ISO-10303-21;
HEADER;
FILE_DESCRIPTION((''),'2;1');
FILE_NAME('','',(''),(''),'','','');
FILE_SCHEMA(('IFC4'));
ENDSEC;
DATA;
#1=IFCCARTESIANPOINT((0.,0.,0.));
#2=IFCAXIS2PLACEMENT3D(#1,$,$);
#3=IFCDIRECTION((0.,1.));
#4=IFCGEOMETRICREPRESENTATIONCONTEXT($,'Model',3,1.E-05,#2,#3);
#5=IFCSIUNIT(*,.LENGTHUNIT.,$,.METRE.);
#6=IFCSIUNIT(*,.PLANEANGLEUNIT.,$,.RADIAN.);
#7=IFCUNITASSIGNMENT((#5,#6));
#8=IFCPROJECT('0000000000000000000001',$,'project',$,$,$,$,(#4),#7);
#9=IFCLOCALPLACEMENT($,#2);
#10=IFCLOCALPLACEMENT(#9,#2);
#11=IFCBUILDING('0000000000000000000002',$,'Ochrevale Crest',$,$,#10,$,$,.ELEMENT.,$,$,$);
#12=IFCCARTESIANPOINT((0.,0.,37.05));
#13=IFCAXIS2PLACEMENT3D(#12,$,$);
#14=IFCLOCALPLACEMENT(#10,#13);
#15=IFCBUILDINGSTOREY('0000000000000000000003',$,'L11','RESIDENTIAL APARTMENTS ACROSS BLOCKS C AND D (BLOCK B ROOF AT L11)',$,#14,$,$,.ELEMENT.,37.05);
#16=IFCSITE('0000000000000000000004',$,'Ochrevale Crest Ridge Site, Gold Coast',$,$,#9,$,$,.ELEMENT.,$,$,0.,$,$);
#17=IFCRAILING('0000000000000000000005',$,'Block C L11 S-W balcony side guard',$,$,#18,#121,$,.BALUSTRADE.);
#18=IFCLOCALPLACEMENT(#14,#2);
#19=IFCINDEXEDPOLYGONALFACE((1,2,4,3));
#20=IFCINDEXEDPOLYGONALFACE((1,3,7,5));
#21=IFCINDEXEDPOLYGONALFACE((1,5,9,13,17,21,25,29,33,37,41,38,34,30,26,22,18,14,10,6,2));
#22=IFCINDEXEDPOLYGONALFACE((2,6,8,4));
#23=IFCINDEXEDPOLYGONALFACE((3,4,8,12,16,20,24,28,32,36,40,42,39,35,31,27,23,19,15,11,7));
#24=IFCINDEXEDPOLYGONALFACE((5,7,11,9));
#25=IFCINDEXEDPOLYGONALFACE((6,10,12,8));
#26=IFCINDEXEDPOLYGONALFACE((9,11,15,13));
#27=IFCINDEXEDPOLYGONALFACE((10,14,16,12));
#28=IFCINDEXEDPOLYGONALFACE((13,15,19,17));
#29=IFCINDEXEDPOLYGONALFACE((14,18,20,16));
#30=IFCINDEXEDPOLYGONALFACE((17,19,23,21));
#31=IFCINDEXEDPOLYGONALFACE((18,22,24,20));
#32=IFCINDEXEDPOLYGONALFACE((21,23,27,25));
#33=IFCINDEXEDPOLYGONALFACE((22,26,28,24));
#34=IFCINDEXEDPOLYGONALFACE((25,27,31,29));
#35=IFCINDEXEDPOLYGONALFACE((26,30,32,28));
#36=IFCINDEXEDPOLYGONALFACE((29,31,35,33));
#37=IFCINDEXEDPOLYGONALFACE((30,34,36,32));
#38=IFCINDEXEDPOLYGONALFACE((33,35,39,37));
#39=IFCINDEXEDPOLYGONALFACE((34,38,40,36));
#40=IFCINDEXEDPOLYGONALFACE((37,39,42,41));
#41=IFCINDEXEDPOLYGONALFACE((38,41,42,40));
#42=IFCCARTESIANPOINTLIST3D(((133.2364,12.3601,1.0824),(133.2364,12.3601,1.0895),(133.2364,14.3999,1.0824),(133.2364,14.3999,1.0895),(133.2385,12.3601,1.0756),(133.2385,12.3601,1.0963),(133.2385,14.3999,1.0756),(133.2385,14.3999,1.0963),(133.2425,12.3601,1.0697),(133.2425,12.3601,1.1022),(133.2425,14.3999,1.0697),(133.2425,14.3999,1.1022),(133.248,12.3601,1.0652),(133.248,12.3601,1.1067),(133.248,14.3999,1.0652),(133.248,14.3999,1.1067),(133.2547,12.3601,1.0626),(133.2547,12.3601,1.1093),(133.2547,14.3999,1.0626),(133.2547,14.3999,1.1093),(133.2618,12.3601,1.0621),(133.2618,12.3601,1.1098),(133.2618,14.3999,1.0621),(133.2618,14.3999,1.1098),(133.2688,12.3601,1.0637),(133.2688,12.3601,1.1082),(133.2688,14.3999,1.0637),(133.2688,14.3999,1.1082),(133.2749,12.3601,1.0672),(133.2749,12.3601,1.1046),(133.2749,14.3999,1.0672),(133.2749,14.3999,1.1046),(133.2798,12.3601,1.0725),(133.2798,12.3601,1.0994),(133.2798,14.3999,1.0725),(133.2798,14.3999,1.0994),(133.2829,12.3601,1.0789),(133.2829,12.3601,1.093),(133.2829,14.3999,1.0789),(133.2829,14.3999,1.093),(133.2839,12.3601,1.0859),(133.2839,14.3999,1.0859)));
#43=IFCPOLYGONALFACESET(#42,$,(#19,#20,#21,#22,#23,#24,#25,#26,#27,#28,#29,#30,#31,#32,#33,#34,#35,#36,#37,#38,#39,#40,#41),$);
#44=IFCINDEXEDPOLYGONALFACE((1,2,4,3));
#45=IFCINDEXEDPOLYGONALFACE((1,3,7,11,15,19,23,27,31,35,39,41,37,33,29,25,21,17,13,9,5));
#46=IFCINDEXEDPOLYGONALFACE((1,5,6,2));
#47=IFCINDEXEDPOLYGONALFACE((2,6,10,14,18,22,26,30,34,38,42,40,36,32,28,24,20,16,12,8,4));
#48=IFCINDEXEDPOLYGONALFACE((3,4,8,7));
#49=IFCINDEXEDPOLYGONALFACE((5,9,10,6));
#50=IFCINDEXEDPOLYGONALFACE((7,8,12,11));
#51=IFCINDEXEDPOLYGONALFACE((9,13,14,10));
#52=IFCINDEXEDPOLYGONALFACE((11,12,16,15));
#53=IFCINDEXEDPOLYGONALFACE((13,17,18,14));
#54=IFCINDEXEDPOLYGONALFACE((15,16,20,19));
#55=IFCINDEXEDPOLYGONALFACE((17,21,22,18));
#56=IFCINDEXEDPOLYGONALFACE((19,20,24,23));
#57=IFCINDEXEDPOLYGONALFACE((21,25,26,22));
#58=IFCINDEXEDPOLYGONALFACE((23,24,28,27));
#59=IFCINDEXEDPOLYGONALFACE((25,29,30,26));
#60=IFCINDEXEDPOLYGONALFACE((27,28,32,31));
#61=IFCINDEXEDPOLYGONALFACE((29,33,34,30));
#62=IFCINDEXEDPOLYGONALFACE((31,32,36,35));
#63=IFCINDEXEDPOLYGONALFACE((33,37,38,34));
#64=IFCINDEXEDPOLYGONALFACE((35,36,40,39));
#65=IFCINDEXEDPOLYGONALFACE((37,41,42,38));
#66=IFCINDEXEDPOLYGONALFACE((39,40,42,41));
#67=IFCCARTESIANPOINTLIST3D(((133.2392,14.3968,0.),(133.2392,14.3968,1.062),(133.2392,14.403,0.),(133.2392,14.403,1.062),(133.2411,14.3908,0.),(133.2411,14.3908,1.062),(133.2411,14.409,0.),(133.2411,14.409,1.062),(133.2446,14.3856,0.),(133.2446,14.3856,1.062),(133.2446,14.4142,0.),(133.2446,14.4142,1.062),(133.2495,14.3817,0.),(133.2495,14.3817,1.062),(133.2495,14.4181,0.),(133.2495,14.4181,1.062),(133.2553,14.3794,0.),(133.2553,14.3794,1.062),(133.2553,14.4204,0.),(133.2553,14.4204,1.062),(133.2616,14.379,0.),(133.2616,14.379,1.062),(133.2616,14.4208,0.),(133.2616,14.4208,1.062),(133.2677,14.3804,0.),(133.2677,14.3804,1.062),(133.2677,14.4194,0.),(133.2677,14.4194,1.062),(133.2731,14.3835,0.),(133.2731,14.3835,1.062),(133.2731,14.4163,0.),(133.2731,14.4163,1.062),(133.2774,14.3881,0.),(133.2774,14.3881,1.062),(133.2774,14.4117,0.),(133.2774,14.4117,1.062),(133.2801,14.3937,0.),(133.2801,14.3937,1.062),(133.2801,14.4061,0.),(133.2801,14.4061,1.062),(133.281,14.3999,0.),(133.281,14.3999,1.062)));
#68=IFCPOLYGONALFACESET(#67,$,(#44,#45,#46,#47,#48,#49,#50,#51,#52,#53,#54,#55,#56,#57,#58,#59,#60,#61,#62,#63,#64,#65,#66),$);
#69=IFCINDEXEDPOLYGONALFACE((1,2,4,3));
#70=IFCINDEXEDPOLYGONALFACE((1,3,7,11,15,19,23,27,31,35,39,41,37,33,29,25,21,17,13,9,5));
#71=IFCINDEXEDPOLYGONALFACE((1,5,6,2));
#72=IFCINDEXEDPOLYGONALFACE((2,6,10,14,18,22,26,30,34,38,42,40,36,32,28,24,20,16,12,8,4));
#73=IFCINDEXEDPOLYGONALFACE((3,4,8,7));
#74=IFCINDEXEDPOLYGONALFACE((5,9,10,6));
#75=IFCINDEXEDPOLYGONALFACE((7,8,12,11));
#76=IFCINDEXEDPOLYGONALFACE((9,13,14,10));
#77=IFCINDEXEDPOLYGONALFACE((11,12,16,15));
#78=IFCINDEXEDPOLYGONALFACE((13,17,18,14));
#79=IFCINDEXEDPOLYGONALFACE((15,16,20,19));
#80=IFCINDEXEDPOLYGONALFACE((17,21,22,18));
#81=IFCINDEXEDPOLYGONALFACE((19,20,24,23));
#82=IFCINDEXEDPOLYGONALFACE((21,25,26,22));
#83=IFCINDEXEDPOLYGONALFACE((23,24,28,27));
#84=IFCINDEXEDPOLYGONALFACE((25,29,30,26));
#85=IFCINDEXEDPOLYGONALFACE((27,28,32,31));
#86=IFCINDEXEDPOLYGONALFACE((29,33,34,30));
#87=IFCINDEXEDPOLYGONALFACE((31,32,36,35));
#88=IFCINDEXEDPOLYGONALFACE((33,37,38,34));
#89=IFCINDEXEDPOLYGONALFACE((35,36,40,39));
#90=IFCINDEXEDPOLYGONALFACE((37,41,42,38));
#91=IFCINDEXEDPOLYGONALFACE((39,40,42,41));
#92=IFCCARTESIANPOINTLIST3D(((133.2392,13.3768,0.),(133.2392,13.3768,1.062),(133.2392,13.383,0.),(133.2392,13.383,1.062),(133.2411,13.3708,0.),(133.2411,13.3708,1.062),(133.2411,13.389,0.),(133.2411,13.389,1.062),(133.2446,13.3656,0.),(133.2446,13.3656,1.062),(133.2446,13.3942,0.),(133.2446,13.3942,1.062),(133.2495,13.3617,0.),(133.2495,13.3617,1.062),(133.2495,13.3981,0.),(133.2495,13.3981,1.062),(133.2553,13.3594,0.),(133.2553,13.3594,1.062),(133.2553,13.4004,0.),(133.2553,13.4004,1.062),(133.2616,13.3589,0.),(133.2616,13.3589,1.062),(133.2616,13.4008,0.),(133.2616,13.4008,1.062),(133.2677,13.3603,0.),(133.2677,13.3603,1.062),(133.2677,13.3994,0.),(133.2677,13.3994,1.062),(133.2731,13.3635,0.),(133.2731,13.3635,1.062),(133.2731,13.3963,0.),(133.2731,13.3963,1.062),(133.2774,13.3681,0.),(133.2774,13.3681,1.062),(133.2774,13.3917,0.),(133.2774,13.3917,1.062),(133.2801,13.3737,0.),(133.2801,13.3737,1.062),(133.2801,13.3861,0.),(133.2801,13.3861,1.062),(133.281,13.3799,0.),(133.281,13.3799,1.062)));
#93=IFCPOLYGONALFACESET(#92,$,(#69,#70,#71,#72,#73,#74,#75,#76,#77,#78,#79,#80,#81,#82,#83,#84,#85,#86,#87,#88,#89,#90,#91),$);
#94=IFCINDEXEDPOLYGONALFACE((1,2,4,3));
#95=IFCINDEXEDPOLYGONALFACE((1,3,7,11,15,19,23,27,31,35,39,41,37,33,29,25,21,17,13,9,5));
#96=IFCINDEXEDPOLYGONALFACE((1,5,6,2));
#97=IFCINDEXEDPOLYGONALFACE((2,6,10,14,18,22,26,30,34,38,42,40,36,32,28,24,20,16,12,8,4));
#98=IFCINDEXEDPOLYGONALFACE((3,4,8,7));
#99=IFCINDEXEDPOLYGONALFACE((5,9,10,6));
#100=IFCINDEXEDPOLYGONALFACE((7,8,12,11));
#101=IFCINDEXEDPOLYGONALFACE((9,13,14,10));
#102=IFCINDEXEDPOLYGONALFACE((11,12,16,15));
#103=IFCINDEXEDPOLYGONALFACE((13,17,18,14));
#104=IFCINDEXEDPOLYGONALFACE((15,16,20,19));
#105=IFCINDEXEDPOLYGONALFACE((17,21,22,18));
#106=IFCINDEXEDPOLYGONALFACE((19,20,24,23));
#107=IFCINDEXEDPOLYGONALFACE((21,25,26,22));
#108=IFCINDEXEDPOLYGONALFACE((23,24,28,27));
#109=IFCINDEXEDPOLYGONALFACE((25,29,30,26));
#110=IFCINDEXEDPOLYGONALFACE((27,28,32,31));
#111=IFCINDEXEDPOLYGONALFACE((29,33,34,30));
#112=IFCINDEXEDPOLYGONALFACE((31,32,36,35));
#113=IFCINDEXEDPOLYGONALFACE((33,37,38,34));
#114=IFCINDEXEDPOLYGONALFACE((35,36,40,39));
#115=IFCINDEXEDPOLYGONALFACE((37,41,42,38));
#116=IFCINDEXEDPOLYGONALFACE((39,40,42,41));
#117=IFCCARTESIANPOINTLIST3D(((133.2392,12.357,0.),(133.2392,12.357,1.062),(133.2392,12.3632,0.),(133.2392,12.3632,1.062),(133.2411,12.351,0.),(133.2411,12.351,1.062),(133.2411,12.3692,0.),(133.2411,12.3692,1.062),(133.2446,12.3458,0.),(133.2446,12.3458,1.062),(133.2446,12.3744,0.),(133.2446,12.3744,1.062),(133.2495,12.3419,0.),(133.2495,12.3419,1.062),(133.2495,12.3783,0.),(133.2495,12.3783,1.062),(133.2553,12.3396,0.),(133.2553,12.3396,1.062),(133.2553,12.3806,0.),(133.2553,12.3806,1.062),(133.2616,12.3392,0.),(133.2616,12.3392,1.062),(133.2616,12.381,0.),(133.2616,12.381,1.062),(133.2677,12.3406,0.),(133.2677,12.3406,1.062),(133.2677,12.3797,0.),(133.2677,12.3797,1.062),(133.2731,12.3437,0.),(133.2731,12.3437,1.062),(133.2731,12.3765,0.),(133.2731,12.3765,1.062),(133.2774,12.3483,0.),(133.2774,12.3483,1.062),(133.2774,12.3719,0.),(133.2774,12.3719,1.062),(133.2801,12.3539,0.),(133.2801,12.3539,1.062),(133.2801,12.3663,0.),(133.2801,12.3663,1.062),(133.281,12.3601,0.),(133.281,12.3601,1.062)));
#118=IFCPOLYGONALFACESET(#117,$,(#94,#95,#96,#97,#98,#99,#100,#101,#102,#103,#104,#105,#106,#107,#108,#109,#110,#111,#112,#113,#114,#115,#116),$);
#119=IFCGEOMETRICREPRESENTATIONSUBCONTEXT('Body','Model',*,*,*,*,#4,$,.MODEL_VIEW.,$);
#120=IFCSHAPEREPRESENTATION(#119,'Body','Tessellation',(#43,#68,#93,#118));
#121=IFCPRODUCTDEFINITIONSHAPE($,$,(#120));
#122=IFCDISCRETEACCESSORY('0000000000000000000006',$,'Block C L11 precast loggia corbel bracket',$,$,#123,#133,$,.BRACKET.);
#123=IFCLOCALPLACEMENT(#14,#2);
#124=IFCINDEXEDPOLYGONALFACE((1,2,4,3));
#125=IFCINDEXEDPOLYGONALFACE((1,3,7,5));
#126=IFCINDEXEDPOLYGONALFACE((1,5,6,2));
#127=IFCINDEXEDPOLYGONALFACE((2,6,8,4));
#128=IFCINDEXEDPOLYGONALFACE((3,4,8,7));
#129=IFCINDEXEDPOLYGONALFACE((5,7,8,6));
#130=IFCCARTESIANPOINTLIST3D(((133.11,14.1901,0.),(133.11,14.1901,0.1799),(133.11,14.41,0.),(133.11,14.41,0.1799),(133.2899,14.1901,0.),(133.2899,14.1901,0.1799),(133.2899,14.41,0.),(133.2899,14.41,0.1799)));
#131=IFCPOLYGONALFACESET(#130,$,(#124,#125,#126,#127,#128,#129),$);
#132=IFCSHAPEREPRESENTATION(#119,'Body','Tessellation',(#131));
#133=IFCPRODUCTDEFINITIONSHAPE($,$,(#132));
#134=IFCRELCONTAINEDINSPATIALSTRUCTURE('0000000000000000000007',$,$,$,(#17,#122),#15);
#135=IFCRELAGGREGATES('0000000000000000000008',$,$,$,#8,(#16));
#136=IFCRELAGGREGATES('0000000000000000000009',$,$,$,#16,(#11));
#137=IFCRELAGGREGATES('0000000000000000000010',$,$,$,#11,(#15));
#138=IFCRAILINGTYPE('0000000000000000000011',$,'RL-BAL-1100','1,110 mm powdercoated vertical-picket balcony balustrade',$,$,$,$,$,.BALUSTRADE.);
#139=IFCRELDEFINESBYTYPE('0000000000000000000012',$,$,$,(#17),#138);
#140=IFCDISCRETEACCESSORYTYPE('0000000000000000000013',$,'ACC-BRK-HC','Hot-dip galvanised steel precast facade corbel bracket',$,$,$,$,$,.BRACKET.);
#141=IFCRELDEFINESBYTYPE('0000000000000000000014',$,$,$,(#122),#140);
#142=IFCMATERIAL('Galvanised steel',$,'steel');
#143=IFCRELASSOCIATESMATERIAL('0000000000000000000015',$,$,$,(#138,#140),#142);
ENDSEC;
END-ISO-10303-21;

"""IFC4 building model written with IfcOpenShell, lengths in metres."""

from ifc_helpers import new_model, si_unit, direction, frame, origin, origin_2d, place, context, subcontext, project, spatial, rectangle, circle, extrude, material, type_object, element, save


model = new_model("IFC4")

# Units and contexts
model_context = context("Model", 3, precision=1e-05, world=origin(), true_north=direction((0.0, 1.0)))
body_context = subcontext(model_context, "Body", "Model", "MODEL_VIEW")
ifc_project = project(units=[si_unit("LENGTHUNIT", "METRE"), si_unit("PLANEANGLEUNIT", "RADIAN")], contexts=[model_context])

# Site, building, storey
site_placement = place(None, origin())
site = spatial("IfcSite", under=ifc_project, at=site_placement, Name="Ochrevale Crest Ridge Site, Gold Coast", CompositionType="ELEMENT", RefElevation=0.0)
building_placement = place(site_placement, origin())
building = spatial("IfcBuilding", under=site, at=building_placement, Name="Ochrevale Crest", CompositionType="ELEMENT")
storey_placement = place(building_placement, frame((0.0, 0.0, 37.05)))
storey = spatial("IfcBuildingStorey", under=building, at=storey_placement, Name="L11", Description="RESIDENTIAL APARTMENTS ACROSS BLOCKS C AND D (BLOCK B ROOF AT L11)", CompositionType="ELEMENT", Elevation=37.05)

# Railing
ifc_material_1 = material(Name="Galvanised steel", Category="steel")
railing_type = type_object("IfcRailingType", Name="RL-BAL-1100", Description="1,110 mm powdercoated vertical-picket balcony balustrade", PredefinedType="BALUSTRADE", material=ifc_material_1)
railing_1_placement = place(storey_placement, frame((133.26, 14.3999, 0.0)))
element("IfcRailing", 1, at=railing_1_placement, inside=storey, type_object=railing_type, Name="Block C L11 S-W balcony side guard", PredefinedType="BALUSTRADE", context=body_context, shape_type="SweptSolid", body=[
    extrude(circle(Radius=0.0239, at=origin_2d()), frame((0.0, 0.0, 1.0859), z_axis=(0.0, -1.0, 0.0), x_axis=(1.0, 0.0, 0.0)), (0.0, 0.0, 1.0), 2.0398),
    extrude(circle(Radius=0.021, at=origin_2d()), origin(), (0.0, 0.0, 1.0), 1.062),
    extrude(circle(Radius=0.021, at=origin_2d()), frame((0.0, -1.02, 0.0)), (0.0, 0.0, 1.0), 1.062),
    extrude(circle(Radius=0.021, at=origin_2d()), frame((0.0, -2.0398, 0.0)), (0.0, 0.0, 1.0), 1.062),
])

# Discrete accessory
discrete_accessory_type = type_object("IfcDiscreteAccessoryType", Name="ACC-BRK-HC", Description="Hot-dip galvanised steel precast facade corbel bracket", PredefinedType="BRACKET", material=ifc_material_1)
discrete_accessory_placement = place(storey_placement, frame((133.2, 14.3, 0.0), z_axis=(0.0, 0.0, 1.0), x_axis=(1.0, 0.0, 0.0)))
element("IfcDiscreteAccessory", 2, at=discrete_accessory_placement, inside=storey, type_object=discrete_accessory_type, Name="Block C L11 precast loggia corbel bracket", PredefinedType="BRACKET", context=body_context, shape_type="SweptSolid", body=[
    extrude(rectangle(XDim=0.1799, YDim=0.22, at=origin_2d()), origin(), (0.0, 0.0, 1.0), 0.1799),
])

save(model, "model.ifc")
